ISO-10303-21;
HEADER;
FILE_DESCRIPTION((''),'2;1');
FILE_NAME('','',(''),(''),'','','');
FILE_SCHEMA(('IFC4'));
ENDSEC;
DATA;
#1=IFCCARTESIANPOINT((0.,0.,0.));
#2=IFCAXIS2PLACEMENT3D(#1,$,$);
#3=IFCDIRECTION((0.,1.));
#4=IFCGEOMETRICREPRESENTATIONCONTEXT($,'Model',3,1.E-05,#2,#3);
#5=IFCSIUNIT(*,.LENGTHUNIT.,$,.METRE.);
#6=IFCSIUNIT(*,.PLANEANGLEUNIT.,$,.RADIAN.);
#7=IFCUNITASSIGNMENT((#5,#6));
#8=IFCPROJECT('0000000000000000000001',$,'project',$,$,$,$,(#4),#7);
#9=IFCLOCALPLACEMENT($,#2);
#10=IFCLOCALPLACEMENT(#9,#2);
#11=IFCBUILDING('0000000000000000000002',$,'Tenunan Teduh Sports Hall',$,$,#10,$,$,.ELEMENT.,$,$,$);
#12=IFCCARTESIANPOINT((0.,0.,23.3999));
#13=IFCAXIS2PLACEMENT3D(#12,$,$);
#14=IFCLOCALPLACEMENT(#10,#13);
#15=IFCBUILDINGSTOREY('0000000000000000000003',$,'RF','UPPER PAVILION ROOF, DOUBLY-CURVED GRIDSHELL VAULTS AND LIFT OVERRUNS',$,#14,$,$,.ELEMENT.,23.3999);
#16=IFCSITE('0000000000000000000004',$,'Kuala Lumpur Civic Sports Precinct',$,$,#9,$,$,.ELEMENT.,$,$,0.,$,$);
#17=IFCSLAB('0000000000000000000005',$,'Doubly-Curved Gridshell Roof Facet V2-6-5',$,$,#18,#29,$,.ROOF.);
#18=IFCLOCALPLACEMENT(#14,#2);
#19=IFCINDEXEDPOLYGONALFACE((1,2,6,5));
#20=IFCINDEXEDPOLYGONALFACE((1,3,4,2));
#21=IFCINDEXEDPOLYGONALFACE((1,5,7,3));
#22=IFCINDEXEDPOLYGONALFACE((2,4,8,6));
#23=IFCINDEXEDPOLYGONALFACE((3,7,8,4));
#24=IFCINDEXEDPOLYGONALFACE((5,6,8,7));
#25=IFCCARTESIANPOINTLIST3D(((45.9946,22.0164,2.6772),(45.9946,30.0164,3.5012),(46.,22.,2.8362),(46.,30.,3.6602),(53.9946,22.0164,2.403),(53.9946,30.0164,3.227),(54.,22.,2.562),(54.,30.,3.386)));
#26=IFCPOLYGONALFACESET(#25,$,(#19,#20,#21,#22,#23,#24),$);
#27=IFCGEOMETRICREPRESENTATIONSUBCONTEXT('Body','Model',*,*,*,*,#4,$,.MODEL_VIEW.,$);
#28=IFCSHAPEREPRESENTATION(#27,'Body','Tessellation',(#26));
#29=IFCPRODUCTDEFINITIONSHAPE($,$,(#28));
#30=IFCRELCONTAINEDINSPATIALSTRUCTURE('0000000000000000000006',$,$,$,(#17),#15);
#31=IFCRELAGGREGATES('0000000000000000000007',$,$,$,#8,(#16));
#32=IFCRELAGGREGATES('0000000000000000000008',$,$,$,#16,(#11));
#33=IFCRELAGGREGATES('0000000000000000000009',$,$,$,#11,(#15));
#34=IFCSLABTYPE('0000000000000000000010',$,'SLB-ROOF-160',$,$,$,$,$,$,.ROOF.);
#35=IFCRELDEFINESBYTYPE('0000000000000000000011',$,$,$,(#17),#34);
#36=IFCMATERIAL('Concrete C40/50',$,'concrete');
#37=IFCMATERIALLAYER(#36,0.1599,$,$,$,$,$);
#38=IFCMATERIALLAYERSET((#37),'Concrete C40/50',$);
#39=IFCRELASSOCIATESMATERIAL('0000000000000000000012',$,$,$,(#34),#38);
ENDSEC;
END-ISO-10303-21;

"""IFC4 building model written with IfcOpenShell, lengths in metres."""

from ifc_helpers import new_model, si_unit, direction, frame, origin, place, context, subcontext, project, spatial, polyline, outline, extrude, material, layer, layer_set, type_object, element, save


model = new_model("IFC4")

# Units and contexts
model_context = context("Model", 3, precision=1e-05, world=origin(), true_north=direction((0.0, 1.0)))
body_context = subcontext(model_context, "Body", "Model", "MODEL_VIEW")
ifc_project = project(units=[si_unit("LENGTHUNIT", "METRE"), si_unit("PLANEANGLEUNIT", "RADIAN")], contexts=[model_context])

# Site, building, storey
site_placement = place(None, origin())
site = spatial("IfcSite", under=ifc_project, at=site_placement, Name="Kuala Lumpur Civic Sports Precinct", CompositionType="ELEMENT", RefElevation=0.0)
building_placement = place(site_placement, origin())
building = spatial("IfcBuilding", under=site, at=building_placement, Name="Tenunan Teduh Sports Hall", CompositionType="ELEMENT")
storey_placement = place(building_placement, frame((0.0, 0.0, 23.3999)))
storey = spatial("IfcBuildingStorey", under=building, at=storey_placement, Name="RF", Description="UPPER PAVILION ROOF, DOUBLY-CURVED GRIDSHELL VAULTS AND LIFT OVERRUNS", CompositionType="ELEMENT", Elevation=23.3999)

# Slab
ifc_material_1 = material(Name="Concrete C40/50", Category="concrete")
ifc_layer = layer(ifc_material_1, 0.1599)
ifc_layer_set = layer_set([ifc_layer], Name="Concrete C40/50")
slab_type = type_object("IfcSlabType", Name="SLB-ROOF-160", PredefinedType="ROOF", material=ifc_layer_set)
slab_placement = place(storey_placement, frame((46.0, 22.0, 2.8362), z_axis=(0.034071, -0.102395, 0.99416), x_axis=(0.999413, 0.0, -0.034251)))
element("IfcSlab", 1, at=slab_placement, inside=storey, type_object=slab_type, Name="Doubly-Curved Gridshell Roof Facet V2-6-5", PredefinedType="ROOF", context=body_context, shape_type="SweptSolid", body=[
    extrude(outline(polyline([(0.0, 0.0), (8.0047, 0.0), (7.9765, 8.0423), (-0.0282, 8.0423), (0.0, 0.0)])), origin(), (0.0, 0.0, -1.0), 0.1599),
])

save(model, "model.ifc")
